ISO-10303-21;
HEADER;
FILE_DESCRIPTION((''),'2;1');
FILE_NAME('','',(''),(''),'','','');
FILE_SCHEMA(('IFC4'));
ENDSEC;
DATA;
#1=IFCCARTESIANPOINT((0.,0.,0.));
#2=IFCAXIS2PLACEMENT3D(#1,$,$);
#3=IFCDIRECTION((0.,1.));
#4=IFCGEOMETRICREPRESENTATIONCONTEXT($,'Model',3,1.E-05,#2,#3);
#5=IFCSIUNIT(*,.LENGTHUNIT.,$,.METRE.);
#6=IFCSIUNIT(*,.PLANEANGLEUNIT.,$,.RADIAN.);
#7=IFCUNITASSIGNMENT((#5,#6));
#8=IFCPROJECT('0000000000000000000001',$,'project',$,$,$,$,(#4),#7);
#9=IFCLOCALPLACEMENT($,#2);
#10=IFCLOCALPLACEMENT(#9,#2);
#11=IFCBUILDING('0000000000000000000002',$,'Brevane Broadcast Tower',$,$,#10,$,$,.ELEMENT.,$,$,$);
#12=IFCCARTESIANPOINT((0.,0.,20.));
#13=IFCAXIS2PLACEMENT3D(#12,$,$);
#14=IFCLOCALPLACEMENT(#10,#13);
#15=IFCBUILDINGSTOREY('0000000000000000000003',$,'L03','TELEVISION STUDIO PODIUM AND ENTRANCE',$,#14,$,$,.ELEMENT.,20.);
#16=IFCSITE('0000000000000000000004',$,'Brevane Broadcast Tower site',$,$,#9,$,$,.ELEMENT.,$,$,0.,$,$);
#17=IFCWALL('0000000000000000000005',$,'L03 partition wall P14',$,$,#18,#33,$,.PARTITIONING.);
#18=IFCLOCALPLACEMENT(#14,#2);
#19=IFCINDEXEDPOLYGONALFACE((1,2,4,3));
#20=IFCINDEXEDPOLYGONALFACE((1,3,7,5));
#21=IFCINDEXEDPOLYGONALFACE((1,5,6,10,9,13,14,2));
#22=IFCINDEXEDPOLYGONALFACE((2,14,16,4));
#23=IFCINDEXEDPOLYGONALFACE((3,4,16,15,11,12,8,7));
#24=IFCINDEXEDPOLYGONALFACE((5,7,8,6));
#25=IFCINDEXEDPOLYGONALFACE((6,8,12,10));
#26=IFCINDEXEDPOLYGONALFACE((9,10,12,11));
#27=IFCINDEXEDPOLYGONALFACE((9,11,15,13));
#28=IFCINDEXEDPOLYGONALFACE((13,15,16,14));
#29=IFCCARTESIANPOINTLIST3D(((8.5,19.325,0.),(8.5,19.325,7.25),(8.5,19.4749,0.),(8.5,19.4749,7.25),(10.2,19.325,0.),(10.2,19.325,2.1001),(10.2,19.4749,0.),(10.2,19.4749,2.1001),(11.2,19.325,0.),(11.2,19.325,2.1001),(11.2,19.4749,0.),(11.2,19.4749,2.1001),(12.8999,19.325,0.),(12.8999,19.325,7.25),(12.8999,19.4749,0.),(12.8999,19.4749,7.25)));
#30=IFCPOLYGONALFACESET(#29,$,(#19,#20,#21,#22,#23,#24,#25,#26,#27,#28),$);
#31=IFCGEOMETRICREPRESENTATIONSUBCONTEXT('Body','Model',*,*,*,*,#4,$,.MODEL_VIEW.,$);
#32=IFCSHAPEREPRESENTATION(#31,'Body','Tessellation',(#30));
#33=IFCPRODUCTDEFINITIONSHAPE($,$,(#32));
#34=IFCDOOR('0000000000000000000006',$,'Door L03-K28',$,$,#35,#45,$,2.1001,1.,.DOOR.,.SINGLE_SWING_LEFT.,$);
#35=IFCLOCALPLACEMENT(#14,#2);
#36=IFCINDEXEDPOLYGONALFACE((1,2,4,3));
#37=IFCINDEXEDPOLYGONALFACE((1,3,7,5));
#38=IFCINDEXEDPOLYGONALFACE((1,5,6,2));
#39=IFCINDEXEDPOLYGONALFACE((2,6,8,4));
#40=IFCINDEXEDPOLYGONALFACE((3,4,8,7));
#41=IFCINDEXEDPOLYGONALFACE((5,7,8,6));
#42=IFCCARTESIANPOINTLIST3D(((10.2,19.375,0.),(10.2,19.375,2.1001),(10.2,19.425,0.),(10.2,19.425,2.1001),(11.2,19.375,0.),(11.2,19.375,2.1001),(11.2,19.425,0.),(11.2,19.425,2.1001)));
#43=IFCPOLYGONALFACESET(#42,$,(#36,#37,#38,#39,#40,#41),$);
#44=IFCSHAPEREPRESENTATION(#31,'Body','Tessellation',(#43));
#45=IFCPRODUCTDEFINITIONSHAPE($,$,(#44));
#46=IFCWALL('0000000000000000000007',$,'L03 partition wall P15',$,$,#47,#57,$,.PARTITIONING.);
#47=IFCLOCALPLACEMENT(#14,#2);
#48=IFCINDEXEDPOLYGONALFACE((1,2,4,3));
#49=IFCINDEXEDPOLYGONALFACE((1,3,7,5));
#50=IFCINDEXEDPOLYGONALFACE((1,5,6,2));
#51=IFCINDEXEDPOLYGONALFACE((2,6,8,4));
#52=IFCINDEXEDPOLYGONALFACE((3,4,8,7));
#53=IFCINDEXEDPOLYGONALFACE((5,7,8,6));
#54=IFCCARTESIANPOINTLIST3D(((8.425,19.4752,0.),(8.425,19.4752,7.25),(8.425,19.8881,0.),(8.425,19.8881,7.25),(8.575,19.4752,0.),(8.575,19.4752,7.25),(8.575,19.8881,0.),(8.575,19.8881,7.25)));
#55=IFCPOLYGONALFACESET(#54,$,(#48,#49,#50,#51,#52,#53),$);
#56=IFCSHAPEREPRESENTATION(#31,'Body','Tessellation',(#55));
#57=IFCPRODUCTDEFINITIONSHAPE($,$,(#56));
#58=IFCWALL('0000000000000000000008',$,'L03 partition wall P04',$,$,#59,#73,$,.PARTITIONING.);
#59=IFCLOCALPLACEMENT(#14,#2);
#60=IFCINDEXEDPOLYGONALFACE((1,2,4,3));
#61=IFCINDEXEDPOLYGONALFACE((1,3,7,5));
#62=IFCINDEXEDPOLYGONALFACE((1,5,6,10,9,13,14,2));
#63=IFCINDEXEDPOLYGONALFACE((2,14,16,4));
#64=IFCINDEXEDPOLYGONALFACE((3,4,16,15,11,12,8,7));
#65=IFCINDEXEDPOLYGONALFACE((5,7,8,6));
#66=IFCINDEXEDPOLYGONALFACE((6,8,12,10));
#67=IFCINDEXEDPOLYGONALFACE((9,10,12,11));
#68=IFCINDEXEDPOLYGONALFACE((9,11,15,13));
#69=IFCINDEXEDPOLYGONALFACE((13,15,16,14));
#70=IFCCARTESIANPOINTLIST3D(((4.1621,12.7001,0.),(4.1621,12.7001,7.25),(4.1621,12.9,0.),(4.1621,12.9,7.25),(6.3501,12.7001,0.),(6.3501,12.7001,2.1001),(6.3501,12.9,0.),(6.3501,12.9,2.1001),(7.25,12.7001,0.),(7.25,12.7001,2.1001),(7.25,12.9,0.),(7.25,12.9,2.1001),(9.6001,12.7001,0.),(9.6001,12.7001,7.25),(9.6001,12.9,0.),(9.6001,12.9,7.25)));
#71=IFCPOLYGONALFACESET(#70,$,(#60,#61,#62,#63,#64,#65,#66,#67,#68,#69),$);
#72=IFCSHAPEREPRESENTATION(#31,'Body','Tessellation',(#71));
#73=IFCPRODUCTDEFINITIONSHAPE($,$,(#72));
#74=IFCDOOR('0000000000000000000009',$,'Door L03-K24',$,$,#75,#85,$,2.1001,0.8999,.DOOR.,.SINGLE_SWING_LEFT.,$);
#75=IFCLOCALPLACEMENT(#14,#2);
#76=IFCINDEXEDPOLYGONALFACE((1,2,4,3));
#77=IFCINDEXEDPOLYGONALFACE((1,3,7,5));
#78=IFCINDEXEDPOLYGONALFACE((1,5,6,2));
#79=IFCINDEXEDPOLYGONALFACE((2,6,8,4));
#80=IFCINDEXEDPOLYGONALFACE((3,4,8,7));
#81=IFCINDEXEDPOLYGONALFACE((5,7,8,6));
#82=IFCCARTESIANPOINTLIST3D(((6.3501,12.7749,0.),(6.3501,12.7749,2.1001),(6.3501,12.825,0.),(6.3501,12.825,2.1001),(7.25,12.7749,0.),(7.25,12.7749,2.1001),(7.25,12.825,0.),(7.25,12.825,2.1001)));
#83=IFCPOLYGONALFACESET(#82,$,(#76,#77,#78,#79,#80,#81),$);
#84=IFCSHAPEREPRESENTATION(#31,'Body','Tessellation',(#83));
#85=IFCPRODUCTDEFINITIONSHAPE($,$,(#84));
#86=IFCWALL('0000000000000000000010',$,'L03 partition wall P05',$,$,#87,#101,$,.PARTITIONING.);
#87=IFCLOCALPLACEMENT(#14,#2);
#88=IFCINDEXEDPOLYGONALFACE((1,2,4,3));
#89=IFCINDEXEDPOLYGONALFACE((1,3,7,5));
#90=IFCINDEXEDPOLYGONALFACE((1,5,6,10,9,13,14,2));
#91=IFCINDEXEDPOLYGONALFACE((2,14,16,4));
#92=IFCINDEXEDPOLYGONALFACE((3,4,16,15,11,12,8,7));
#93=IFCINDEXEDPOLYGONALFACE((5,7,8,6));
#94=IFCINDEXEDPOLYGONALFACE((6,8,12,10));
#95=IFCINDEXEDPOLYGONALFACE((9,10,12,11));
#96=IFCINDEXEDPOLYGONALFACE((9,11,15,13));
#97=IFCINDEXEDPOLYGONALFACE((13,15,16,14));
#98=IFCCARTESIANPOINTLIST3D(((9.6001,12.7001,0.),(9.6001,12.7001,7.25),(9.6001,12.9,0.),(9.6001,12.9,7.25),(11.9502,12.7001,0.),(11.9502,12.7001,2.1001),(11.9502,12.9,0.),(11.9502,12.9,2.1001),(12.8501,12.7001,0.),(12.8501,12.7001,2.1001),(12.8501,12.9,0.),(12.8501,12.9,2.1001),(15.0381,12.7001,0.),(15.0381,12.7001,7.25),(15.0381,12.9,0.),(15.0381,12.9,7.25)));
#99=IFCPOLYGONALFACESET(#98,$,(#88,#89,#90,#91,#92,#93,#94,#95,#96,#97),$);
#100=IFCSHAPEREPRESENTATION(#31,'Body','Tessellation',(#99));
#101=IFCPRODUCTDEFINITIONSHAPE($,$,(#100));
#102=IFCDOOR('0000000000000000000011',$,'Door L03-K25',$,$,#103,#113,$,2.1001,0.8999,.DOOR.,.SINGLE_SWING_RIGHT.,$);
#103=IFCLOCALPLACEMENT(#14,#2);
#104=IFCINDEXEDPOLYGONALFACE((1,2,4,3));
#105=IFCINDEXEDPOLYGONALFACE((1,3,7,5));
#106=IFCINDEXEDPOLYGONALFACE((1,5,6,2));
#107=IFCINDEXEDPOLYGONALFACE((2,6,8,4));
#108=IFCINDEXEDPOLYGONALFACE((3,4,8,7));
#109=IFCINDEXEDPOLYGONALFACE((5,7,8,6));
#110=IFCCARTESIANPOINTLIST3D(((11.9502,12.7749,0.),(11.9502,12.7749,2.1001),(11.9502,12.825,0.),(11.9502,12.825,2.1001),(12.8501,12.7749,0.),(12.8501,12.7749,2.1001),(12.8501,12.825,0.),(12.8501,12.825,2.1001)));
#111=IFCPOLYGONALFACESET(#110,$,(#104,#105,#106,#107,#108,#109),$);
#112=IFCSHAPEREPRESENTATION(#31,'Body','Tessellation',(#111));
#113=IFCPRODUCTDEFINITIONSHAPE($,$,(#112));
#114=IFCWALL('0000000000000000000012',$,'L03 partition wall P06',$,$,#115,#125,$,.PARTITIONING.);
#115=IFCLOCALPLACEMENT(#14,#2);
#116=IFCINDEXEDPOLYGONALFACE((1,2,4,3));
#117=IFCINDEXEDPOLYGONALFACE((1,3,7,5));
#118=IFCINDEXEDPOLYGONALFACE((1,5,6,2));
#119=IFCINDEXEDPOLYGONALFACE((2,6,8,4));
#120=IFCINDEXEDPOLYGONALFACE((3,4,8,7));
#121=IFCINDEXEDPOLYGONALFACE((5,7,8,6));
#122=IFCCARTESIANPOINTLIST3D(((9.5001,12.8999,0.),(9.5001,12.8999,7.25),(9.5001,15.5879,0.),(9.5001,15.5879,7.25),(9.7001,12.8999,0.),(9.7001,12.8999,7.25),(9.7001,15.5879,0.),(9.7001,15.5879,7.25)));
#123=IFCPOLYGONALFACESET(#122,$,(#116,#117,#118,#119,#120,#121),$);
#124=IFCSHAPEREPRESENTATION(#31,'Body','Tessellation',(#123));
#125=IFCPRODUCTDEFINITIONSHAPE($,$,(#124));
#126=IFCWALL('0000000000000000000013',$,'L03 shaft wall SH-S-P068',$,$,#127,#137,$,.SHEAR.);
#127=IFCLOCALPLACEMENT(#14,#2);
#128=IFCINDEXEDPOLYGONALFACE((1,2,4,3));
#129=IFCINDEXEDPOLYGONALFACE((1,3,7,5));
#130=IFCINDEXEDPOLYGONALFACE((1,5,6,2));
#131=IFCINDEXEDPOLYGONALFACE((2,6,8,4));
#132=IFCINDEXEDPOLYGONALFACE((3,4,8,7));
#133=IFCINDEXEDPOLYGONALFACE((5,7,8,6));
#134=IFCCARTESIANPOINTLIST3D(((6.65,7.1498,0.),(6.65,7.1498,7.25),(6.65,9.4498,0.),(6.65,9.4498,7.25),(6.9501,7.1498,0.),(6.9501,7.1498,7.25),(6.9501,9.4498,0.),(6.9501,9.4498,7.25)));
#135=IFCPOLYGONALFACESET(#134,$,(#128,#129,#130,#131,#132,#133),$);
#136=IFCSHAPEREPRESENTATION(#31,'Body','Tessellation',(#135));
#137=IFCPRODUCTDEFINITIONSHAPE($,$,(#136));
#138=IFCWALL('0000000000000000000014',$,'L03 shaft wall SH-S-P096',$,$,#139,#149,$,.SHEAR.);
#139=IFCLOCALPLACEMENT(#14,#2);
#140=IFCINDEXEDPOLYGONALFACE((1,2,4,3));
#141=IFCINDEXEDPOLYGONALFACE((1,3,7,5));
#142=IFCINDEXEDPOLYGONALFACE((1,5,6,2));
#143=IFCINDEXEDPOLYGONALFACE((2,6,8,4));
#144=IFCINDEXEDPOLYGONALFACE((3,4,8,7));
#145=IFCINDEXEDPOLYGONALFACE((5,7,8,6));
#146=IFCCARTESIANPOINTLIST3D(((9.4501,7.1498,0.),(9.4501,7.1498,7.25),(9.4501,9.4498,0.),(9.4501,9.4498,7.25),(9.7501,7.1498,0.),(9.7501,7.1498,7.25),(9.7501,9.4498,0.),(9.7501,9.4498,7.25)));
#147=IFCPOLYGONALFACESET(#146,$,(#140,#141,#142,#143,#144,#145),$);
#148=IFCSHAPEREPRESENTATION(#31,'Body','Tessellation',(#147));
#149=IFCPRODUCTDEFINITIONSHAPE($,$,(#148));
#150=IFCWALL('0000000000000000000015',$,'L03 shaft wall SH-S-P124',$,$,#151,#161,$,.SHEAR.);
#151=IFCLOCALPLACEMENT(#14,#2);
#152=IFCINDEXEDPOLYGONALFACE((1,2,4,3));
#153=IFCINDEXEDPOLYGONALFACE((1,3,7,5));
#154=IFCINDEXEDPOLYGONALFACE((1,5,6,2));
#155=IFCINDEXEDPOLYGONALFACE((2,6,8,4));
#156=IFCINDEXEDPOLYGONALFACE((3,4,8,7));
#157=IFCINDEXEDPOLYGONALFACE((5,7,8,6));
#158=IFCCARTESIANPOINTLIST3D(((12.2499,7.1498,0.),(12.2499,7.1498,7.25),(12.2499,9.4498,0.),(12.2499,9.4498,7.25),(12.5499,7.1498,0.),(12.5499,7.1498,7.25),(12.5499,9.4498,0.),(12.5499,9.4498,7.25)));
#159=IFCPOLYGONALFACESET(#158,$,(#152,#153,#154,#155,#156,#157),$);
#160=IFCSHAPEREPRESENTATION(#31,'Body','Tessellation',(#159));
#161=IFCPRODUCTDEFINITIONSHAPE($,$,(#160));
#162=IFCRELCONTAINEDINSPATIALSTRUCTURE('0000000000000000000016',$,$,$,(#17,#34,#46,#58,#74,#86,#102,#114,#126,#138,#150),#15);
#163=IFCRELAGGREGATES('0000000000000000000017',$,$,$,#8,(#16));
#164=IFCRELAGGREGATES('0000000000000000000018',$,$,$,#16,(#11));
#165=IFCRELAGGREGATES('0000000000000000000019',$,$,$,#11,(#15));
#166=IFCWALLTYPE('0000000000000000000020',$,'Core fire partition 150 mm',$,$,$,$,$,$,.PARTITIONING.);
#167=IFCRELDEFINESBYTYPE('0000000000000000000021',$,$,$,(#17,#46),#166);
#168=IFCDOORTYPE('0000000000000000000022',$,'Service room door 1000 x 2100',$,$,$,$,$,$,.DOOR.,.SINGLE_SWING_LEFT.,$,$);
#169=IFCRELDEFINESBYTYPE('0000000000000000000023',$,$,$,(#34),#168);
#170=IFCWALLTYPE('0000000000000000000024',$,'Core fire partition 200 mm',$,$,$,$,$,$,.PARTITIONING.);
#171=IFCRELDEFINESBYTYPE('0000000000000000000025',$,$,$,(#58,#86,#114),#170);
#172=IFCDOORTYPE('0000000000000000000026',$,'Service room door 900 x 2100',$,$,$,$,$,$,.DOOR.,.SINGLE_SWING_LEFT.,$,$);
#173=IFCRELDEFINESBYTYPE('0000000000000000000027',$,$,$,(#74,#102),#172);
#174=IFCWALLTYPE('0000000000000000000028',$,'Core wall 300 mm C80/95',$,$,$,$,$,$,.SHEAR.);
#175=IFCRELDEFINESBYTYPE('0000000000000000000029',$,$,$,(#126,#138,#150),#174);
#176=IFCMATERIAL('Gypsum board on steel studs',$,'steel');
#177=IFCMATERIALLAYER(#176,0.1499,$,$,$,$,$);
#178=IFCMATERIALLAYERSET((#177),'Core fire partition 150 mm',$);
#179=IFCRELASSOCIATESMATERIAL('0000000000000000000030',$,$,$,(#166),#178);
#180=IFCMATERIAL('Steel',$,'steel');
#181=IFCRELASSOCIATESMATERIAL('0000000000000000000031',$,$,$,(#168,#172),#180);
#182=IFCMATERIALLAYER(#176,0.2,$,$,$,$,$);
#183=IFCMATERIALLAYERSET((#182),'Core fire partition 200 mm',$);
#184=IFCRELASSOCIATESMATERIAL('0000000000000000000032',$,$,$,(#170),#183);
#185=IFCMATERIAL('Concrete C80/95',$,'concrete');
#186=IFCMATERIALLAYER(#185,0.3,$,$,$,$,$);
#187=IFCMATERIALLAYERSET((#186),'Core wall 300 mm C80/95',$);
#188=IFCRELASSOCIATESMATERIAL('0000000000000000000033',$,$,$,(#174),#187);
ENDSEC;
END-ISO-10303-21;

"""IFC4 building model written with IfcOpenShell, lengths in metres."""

from ifc_helpers import new_model, si_unit, direction, frame, frame_2d, origin, place, context, subcontext, project, spatial, rectangle, extrude, material, layer, layer_set, type_object, element, fill, save


model = new_model("IFC4")

# Units and contexts
model_context = context("Model", 3, precision=1e-05, world=origin(), true_north=direction((0.0, 1.0)))
body_context = subcontext(model_context, "Body", "Model", "MODEL_VIEW")
ifc_project = project(units=[si_unit("LENGTHUNIT", "METRE"), si_unit("PLANEANGLEUNIT", "RADIAN")], contexts=[model_context])

# Site, building, storey
site_placement = place(None, origin())
site = spatial("IfcSite", under=ifc_project, at=site_placement, Name="Brevane Broadcast Tower site", CompositionType="ELEMENT", RefElevation=0.0)
building_placement = place(site_placement, origin())
building = spatial("IfcBuilding", under=site, at=building_placement, Name="Brevane Broadcast Tower", CompositionType="ELEMENT")
storey_placement = place(building_placement, frame((0.0, 0.0, 20.0)))
storey = spatial("IfcBuildingStorey", under=building, at=storey_placement, Name="L03", Description="TELEVISION STUDIO PODIUM AND ENTRANCE", CompositionType="ELEMENT", Elevation=20.0)

# Wall, opening, door
ifc_material_1 = material(Name="Gypsum board on steel studs", Category="steel")
ifc_layer_1 = layer(ifc_material_1, 0.1499)
ifc_layer_set_1 = layer_set([ifc_layer_1], Name="Core fire partition 150 mm")
wall_type_1 = type_object("IfcWallType", Name="Core fire partition 150 mm", PredefinedType="PARTITIONING", material=ifc_layer_set_1)
wall_1_placement = place(storey_placement, frame((12.8999, 19.3999, 0.0), z_axis=(0.0, 0.0, 1.0), x_axis=(-1.0, 0.0, 0.0)))
wall_1 = element("IfcWall", 1, at=wall_1_placement, inside=storey, type_object=wall_type_1, Name="L03 partition wall P14", PredefinedType="PARTITIONING", context=body_context, shape_type="SweptSolid", body=[
    extrude(rectangle(XDim=4.3999, YDim=0.1499, at=frame_2d((2.2, 0.0))), origin(), (0.0, 0.0, 1.0), 7.25),
])
opening_1_placement = place(wall_1_placement, frame((1.7, 0.0, 0.0)))
opening_1 = element("IfcOpeningElement", 2, at=opening_1_placement, cuts=wall_1, PredefinedType="OPENING", context=body_context, shape_type="SweptSolid", body=[
    extrude(rectangle(XDim=1.0, YDim=2.1001, at=frame_2d((0.5, 1.05))), frame((0.0, 0.085, 0.0), z_axis=(0.0, -1.0, 0.0), x_axis=(1.0, 0.0, 0.0)), (0.0, 0.0, 1.0), 0.1699),
])
ifc_material_2 = material(Name="Steel", Category="steel")
door_type_1 = type_object("IfcDoorType", Name="Service room door 1000 x 2100", OperationType="SINGLE_SWING_LEFT", PredefinedType="DOOR", material=ifc_material_2)
door_1_placement = place(opening_1_placement, origin())
door_1 = element("IfcDoor", 3, at=door_1_placement, inside=storey, type_object=door_type_1, Name="Door L03-K28", OperationType="SINGLE_SWING_LEFT", OverallHeight=2.1001, OverallWidth=1.0, PredefinedType="DOOR", context=body_context, shape_type="SweptSolid", body=[
    extrude(rectangle(XDim=1.0, YDim=2.1001, at=frame_2d((0.5, 1.05))), frame((0.0, 0.0249, 0.0), z_axis=(0.0, -1.0, 0.0), x_axis=(1.0, 0.0, 0.0)), (0.0, 0.0, 1.0), 0.05),
])
fill(opening_1, door_1)

# Wall
wall_2_placement = place(storey_placement, frame((8.5, 19.4751, 0.0), z_axis=(0.0, 0.0, 1.0), x_axis=(0.0, 1.0, 0.0)))
element("IfcWall", 4, at=wall_2_placement, inside=storey, type_object=wall_type_1, Name="L03 partition wall P15", PredefinedType="PARTITIONING", context=body_context, shape_type="SweptSolid", body=[
    extrude(rectangle(XDim=0.4128, YDim=0.1499, at=frame_2d((0.2065, 0.0))), origin(), (0.0, 0.0, 1.0), 7.25),
])

# Walls, openings, doors
ifc_layer_2 = layer(ifc_material_1, 0.2)
ifc_layer_set_2 = layer_set([ifc_layer_2], Name="Core fire partition 200 mm")
wall_type_2 = type_object("IfcWallType", Name="Core fire partition 200 mm", PredefinedType="PARTITIONING", material=ifc_layer_set_2)
wall_3_placement = place(storey_placement, frame((4.1621, 12.8, 0.0), z_axis=(0.0, 0.0, 1.0), x_axis=(1.0, 0.0, 0.0)))
wall_3 = element("IfcWall", 5, at=wall_3_placement, inside=storey, type_object=wall_type_2, Name="L03 partition wall P04", PredefinedType="PARTITIONING", context=body_context, shape_type="SweptSolid", body=[
    extrude(rectangle(XDim=5.438, YDim=0.2, at=frame_2d((2.719, 0.0))), origin(), (0.0, 0.0, 1.0), 7.25),
])
opening_2_placement = place(wall_3_placement, frame((2.188, 0.0, 0.0)))
opening_2 = element("IfcOpeningElement", 6, at=opening_2_placement, cuts=wall_3, PredefinedType="OPENING", context=body_context, shape_type="SweptSolid", body=[
    extrude(rectangle(XDim=0.8999, YDim=2.1001, at=frame_2d((0.45, 1.05))), frame((0.0, 0.1099, 0.0), z_axis=(0.0, -1.0, 0.0), x_axis=(1.0, 0.0, 0.0)), (0.0, 0.0, 1.0), 0.22),
])
door_type_2 = type_object("IfcDoorType", Name="Service room door 900 x 2100", OperationType="SINGLE_SWING_LEFT", PredefinedType="DOOR", material=ifc_material_2)
door_2_placement = place(opening_2_placement, origin())
door_2 = element("IfcDoor", 7, at=door_2_placement, inside=storey, type_object=door_type_2, Name="Door L03-K24", OperationType="SINGLE_SWING_LEFT", OverallHeight=2.1001, OverallWidth=0.8999, PredefinedType="DOOR", context=body_context, shape_type="SweptSolid", body=[
    extrude(rectangle(XDim=0.8999, YDim=2.1001, at=frame_2d((0.45, 1.05))), frame((0.0, 0.0249, 0.0), z_axis=(0.0, -1.0, 0.0), x_axis=(1.0, 0.0, 0.0)), (0.0, 0.0, 1.0), 0.05),
])
fill(opening_2, door_2)
wall_4_placement = place(storey_placement, frame((9.6001, 12.8, 0.0), z_axis=(0.0, 0.0, 1.0), x_axis=(1.0, 0.0, 0.0)))
wall_4 = element("IfcWall", 8, at=wall_4_placement, inside=storey, type_object=wall_type_2, Name="L03 partition wall P05", PredefinedType="PARTITIONING", context=body_context, shape_type="SweptSolid", body=[
    extrude(rectangle(XDim=5.438, YDim=0.2, at=frame_2d((2.719, 0.0))), origin(), (0.0, 0.0, 1.0), 7.25),
])
opening_3_placement = place(wall_4_placement, frame((2.3501, 0.0, 0.0)))
opening_3 = element("IfcOpeningElement", 9, at=opening_3_placement, cuts=wall_4, PredefinedType="OPENING", context=body_context, shape_type="SweptSolid", body=[
    extrude(rectangle(XDim=0.8999, YDim=2.1001, at=frame_2d((0.45, 1.05))), frame((0.0, 0.1099, 0.0), z_axis=(0.0, -1.0, 0.0), x_axis=(1.0, 0.0, 0.0)), (0.0, 0.0, 1.0), 0.22),
])
door_3_placement = place(opening_3_placement, origin())
door_3 = element("IfcDoor", 10, at=door_3_placement, inside=storey, type_object=door_type_2, Name="Door L03-K25", OperationType="SINGLE_SWING_RIGHT", OverallHeight=2.1001, OverallWidth=0.8999, PredefinedType="DOOR", context=body_context, shape_type="SweptSolid", body=[
    extrude(rectangle(XDim=0.8999, YDim=2.1001, at=frame_2d((0.45, 1.05))), frame((0.0, 0.0249, 0.0), z_axis=(0.0, -1.0, 0.0), x_axis=(1.0, 0.0, 0.0)), (0.0, 0.0, 1.0), 0.05),
])
fill(opening_3, door_3)

# Walls
wall_5_placement = place(storey_placement, frame((9.6001, 15.5879, 0.0), z_axis=(0.0, 0.0, 1.0), x_axis=(0.0, -1.0, 0.0)))
element("IfcWall", 11, at=wall_5_placement, inside=storey, type_object=wall_type_2, Name="L03 partition wall P06", PredefinedType="PARTITIONING", context=body_context, shape_type="SweptSolid", body=[
    extrude(rectangle(XDim=2.688, YDim=0.2, at=frame_2d((1.344, 0.0))), origin(), (0.0, 0.0, 1.0), 7.25),
])
ifc_material_3 = material(Name="Concrete C80/95", Category="concrete")
ifc_layer_3 = layer(ifc_material_3, 0.3)
ifc_layer_set_3 = layer_set([ifc_layer_3], Name="Core wall 300 mm C80/95")
wall_type_3 = type_object("IfcWallType", Name="Core wall 300 mm C80/95", PredefinedType="SHEAR", material=ifc_layer_set_3)
for number, where, z_axis, x_axis, name in (
    (12, (6.8, 7.1499, 0.0), (0.0, 0.0, 1.0), (0.0, 1.0, 0.0), "L03 shaft wall SH-S-P068"),
    (13, (9.6001, 7.1499, 0.0), (0.0, 0.0, 1.0), (0.0, 1.0, 0.0), "L03 shaft wall SH-S-P096"),
    (14, (12.3999, 7.1499, 0.0), (0.0, 0.0, 1.0), (0.0, 1.0, 0.0), "L03 shaft wall SH-S-P124"),
):
    element("IfcWall", number, at=place(storey_placement, frame(where, z_axis=z_axis, x_axis=x_axis)), inside=storey, type_object=wall_type_3, Name=name, PredefinedType="SHEAR", context=body_context, shape_type="SweptSolid", body=[
        extrude(rectangle(XDim=2.3, YDim=0.3, at=frame_2d((1.1499, 0.0))), origin(), (0.0, 0.0, 1.0), 7.25),
    ])

save(model, "model.ifc")
